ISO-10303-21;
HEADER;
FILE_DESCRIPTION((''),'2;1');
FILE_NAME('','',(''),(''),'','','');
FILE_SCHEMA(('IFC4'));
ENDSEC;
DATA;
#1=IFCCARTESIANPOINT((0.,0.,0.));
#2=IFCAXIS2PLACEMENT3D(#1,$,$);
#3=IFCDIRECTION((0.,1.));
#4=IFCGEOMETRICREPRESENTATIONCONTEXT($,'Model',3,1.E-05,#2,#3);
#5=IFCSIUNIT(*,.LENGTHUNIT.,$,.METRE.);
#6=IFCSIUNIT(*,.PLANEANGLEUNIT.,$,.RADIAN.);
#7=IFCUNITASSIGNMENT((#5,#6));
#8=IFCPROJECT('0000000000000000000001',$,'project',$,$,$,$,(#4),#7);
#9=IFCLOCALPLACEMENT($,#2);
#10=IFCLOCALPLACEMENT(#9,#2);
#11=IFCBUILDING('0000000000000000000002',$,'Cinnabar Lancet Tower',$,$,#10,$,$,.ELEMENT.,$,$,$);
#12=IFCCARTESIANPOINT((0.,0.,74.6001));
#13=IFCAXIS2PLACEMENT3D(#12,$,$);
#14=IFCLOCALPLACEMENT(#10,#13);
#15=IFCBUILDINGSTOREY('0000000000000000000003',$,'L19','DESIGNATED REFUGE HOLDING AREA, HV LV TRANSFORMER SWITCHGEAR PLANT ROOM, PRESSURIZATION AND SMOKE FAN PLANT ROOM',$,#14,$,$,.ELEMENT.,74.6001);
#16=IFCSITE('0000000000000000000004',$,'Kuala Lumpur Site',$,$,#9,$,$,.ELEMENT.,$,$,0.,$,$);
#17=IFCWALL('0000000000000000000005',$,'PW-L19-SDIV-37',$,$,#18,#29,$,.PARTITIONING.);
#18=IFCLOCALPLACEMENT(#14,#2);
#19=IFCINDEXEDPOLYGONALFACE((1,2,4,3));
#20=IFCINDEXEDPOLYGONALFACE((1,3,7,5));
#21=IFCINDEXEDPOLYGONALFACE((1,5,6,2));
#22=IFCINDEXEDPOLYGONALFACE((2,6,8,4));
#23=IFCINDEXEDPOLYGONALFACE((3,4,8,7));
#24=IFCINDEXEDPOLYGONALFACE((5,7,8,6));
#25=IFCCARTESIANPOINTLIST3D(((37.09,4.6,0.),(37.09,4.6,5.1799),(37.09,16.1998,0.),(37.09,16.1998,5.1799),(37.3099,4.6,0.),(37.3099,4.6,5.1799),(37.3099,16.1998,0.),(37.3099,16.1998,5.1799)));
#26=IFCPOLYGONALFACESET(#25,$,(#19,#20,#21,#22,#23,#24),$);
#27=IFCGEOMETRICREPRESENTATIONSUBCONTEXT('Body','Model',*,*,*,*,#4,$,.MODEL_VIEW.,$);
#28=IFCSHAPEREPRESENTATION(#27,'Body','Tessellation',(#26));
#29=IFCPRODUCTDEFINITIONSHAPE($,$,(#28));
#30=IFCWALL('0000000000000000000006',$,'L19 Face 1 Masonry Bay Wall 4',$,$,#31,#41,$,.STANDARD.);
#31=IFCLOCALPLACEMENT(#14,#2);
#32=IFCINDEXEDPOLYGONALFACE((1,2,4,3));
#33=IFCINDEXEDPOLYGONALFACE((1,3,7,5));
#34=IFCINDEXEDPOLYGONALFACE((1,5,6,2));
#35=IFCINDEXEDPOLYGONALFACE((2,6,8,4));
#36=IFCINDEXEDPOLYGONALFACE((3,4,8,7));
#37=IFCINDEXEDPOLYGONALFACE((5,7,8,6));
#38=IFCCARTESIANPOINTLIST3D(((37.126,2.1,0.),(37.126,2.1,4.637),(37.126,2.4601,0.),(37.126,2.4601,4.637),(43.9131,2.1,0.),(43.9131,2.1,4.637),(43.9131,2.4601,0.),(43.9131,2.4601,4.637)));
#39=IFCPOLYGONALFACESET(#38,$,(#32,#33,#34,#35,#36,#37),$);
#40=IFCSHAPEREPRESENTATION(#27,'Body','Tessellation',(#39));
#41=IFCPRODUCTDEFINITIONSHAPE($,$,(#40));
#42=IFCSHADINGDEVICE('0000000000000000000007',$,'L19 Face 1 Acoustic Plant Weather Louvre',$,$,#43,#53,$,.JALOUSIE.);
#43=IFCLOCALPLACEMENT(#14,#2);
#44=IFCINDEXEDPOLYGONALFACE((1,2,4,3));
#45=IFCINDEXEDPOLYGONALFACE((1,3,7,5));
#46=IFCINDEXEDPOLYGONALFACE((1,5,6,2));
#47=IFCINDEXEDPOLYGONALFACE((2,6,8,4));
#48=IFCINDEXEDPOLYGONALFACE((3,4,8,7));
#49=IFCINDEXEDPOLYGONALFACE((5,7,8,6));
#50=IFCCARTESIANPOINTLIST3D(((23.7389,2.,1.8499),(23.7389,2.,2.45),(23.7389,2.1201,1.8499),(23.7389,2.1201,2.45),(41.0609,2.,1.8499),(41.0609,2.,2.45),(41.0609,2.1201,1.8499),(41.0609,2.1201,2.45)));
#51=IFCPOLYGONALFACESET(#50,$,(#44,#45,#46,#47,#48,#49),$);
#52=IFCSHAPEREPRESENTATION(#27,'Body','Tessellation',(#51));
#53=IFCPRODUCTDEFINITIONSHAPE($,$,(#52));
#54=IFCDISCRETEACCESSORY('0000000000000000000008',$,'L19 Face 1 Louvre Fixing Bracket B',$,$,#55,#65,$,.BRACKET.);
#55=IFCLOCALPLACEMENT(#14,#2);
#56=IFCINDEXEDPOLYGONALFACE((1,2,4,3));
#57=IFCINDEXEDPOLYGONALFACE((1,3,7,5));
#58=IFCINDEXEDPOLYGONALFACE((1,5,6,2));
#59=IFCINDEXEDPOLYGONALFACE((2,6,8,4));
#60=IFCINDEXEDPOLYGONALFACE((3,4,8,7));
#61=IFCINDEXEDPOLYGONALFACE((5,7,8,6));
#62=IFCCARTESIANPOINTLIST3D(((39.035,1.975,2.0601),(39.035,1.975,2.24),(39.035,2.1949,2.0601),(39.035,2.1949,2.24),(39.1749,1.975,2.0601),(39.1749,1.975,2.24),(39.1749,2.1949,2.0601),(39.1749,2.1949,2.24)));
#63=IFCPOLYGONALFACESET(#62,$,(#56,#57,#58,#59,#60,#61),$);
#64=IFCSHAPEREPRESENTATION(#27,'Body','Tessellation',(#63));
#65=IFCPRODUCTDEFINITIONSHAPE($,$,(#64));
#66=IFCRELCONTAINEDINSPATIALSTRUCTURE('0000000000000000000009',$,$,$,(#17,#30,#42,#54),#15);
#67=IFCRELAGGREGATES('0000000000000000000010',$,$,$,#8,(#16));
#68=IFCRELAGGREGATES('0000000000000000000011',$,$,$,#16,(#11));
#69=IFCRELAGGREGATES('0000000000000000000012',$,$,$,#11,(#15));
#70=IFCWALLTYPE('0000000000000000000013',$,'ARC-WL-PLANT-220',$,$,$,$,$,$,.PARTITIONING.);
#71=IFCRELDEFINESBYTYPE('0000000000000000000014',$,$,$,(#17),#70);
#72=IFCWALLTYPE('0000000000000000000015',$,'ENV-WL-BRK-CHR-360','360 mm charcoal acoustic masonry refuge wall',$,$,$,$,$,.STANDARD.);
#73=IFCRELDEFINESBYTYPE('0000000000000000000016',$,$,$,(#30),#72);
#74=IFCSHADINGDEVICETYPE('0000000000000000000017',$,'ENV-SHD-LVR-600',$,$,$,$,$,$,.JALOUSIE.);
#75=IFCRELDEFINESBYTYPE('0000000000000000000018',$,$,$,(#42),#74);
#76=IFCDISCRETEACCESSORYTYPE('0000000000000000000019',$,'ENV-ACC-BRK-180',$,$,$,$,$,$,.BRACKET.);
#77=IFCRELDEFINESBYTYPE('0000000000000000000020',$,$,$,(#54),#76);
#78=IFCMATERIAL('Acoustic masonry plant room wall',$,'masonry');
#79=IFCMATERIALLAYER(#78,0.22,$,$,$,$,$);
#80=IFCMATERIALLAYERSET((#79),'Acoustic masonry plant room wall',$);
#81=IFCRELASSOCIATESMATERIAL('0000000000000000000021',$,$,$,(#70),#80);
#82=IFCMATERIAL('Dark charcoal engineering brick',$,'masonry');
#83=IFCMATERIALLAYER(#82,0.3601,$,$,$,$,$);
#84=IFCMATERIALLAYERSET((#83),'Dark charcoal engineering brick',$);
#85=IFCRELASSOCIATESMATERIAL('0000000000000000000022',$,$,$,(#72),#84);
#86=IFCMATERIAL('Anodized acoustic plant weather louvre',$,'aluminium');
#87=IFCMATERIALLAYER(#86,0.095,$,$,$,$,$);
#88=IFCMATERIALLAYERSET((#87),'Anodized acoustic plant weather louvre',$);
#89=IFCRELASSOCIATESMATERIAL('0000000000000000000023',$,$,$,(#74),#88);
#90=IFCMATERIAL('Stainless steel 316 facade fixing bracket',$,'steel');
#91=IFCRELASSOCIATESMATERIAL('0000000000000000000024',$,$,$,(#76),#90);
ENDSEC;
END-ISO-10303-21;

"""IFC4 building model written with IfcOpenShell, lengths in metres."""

from ifc_helpers import new_model, si_unit, direction, frame, frame_2d, origin, origin_2d, place, context, subcontext, project, spatial, rectangle, extrude, material, layer, layer_set, type_object, element, save


model = new_model("IFC4")

# Units and contexts
model_context = context("Model", 3, precision=1e-05, world=origin(), true_north=direction((0.0, 1.0)))
body_context = subcontext(model_context, "Body", "Model", "MODEL_VIEW")
ifc_project = project(units=[si_unit("LENGTHUNIT", "METRE"), si_unit("PLANEANGLEUNIT", "RADIAN")], contexts=[model_context])

# Site, building, storey
site_placement = place(None, origin())
site = spatial("IfcSite", under=ifc_project, at=site_placement, Name="Kuala Lumpur Site", CompositionType="ELEMENT", RefElevation=0.0)
building_placement = place(site_placement, origin())
building = spatial("IfcBuilding", under=site, at=building_placement, Name="Cinnabar Lancet Tower", CompositionType="ELEMENT")
storey_placement = place(building_placement, frame((0.0, 0.0, 74.6001)))
storey = spatial("IfcBuildingStorey", under=building, at=storey_placement, Name="L19", Description="DESIGNATED REFUGE HOLDING AREA, HV LV TRANSFORMER SWITCHGEAR PLANT ROOM, PRESSURIZATION AND SMOKE FAN PLANT ROOM", CompositionType="ELEMENT", Elevation=74.6001)

# Walls
ifc_material_1 = material(Name="Acoustic masonry plant room wall", Category="masonry")
ifc_layer_1 = layer(ifc_material_1, 0.22)
ifc_layer_set_1 = layer_set([ifc_layer_1], Name="Acoustic masonry plant room wall")
wall_type_1 = type_object("IfcWallType", Name="ARC-WL-PLANT-220", PredefinedType="PARTITIONING", material=ifc_layer_set_1)
wall_1_placement = place(storey_placement, frame((37.2, 4.6001, 0.0), z_axis=(0.0, 0.0, 1.0), x_axis=(0.0, 1.0, 0.0)))
element("IfcWall", 1, at=wall_1_placement, inside=storey, type_object=wall_type_1, Name="PW-L19-SDIV-37", PredefinedType="PARTITIONING", context=body_context, shape_type="SweptSolid", body=[
    extrude(rectangle(XDim=11.5999, YDim=0.22, at=frame_2d((5.7998, 0.0))), origin(), (0.0, 0.0, 1.0), 5.1799),
])
ifc_material_2 = material(Name="Dark charcoal engineering brick", Category="masonry")
ifc_layer_2 = layer(ifc_material_2, 0.3601)
ifc_layer_set_2 = layer_set([ifc_layer_2], Name="Dark charcoal engineering brick")
wall_type_2 = type_object("IfcWallType", Name="ENV-WL-BRK-CHR-360", Description="360 mm charcoal acoustic masonry refuge wall", PredefinedType="STANDARD", material=ifc_layer_set_2)
wall_2_placement = place(storey_placement, frame((37.126, 2.28, 0.0), z_axis=(0.0, 0.0, 1.0), x_axis=(1.0, 0.0, 0.0)))
element("IfcWall", 2, at=wall_2_placement, inside=storey, type_object=wall_type_2, Name="L19 Face 1 Masonry Bay Wall 4", PredefinedType="STANDARD", context=body_context, shape_type="SweptSolid", body=[
    extrude(rectangle(XDim=6.7871, YDim=0.3601, at=frame_2d((3.3936, 0.0))), origin(), (0.0, 0.0, 1.0), 4.637),
])

# Shading device
ifc_material_3 = material(Name="Anodized acoustic plant weather louvre", Category="aluminium")
ifc_layer_3 = layer(ifc_material_3, 0.095)
ifc_layer_set_3 = layer_set([ifc_layer_3], Name="Anodized acoustic plant weather louvre")
shading_device_type = type_object("IfcShadingDeviceType", Name="ENV-SHD-LVR-600", PredefinedType="JALOUSIE", material=ifc_layer_set_3)
shading_device_placement = place(storey_placement, frame((32.3999, 2.0601, 1.8499), z_axis=(0.0, 0.0, 1.0), x_axis=(1.0, 0.0, 0.0)))
element("IfcShadingDevice", 3, at=shading_device_placement, inside=storey, type_object=shading_device_type, Name="L19 Face 1 Acoustic Plant Weather Louvre", PredefinedType="JALOUSIE", context=body_context, shape_type="SweptSolid", body=[
    extrude(rectangle(XDim=17.322, YDim=0.1201, at=origin_2d()), origin(), (0.0, 0.0, 1.0), 0.6001),
])

# Discrete accessory
ifc_material_4 = material(Name="Stainless steel 316 facade fixing bracket", Category="steel")
discrete_accessory_type = type_object("IfcDiscreteAccessoryType", Name="ENV-ACC-BRK-180", PredefinedType="BRACKET", material=ifc_material_4)
discrete_accessory_placement = place(storey_placement, frame((39.105, 2.085, 2.0601), z_axis=(0.0, 0.0, 1.0), x_axis=(1.0, 0.0, 0.0)))
element("IfcDiscreteAccessory", 4, at=discrete_accessory_placement, inside=storey, type_object=discrete_accessory_type, Name="L19 Face 1 Louvre Fixing Bracket B", PredefinedType="BRACKET", context=body_context, shape_type="SweptSolid", body=[
    extrude(rectangle(XDim=0.1399, YDim=0.22, at=origin_2d()), origin(), (0.0, 0.0, 1.0), 0.1799),
])

save(model, "model.ifc")
